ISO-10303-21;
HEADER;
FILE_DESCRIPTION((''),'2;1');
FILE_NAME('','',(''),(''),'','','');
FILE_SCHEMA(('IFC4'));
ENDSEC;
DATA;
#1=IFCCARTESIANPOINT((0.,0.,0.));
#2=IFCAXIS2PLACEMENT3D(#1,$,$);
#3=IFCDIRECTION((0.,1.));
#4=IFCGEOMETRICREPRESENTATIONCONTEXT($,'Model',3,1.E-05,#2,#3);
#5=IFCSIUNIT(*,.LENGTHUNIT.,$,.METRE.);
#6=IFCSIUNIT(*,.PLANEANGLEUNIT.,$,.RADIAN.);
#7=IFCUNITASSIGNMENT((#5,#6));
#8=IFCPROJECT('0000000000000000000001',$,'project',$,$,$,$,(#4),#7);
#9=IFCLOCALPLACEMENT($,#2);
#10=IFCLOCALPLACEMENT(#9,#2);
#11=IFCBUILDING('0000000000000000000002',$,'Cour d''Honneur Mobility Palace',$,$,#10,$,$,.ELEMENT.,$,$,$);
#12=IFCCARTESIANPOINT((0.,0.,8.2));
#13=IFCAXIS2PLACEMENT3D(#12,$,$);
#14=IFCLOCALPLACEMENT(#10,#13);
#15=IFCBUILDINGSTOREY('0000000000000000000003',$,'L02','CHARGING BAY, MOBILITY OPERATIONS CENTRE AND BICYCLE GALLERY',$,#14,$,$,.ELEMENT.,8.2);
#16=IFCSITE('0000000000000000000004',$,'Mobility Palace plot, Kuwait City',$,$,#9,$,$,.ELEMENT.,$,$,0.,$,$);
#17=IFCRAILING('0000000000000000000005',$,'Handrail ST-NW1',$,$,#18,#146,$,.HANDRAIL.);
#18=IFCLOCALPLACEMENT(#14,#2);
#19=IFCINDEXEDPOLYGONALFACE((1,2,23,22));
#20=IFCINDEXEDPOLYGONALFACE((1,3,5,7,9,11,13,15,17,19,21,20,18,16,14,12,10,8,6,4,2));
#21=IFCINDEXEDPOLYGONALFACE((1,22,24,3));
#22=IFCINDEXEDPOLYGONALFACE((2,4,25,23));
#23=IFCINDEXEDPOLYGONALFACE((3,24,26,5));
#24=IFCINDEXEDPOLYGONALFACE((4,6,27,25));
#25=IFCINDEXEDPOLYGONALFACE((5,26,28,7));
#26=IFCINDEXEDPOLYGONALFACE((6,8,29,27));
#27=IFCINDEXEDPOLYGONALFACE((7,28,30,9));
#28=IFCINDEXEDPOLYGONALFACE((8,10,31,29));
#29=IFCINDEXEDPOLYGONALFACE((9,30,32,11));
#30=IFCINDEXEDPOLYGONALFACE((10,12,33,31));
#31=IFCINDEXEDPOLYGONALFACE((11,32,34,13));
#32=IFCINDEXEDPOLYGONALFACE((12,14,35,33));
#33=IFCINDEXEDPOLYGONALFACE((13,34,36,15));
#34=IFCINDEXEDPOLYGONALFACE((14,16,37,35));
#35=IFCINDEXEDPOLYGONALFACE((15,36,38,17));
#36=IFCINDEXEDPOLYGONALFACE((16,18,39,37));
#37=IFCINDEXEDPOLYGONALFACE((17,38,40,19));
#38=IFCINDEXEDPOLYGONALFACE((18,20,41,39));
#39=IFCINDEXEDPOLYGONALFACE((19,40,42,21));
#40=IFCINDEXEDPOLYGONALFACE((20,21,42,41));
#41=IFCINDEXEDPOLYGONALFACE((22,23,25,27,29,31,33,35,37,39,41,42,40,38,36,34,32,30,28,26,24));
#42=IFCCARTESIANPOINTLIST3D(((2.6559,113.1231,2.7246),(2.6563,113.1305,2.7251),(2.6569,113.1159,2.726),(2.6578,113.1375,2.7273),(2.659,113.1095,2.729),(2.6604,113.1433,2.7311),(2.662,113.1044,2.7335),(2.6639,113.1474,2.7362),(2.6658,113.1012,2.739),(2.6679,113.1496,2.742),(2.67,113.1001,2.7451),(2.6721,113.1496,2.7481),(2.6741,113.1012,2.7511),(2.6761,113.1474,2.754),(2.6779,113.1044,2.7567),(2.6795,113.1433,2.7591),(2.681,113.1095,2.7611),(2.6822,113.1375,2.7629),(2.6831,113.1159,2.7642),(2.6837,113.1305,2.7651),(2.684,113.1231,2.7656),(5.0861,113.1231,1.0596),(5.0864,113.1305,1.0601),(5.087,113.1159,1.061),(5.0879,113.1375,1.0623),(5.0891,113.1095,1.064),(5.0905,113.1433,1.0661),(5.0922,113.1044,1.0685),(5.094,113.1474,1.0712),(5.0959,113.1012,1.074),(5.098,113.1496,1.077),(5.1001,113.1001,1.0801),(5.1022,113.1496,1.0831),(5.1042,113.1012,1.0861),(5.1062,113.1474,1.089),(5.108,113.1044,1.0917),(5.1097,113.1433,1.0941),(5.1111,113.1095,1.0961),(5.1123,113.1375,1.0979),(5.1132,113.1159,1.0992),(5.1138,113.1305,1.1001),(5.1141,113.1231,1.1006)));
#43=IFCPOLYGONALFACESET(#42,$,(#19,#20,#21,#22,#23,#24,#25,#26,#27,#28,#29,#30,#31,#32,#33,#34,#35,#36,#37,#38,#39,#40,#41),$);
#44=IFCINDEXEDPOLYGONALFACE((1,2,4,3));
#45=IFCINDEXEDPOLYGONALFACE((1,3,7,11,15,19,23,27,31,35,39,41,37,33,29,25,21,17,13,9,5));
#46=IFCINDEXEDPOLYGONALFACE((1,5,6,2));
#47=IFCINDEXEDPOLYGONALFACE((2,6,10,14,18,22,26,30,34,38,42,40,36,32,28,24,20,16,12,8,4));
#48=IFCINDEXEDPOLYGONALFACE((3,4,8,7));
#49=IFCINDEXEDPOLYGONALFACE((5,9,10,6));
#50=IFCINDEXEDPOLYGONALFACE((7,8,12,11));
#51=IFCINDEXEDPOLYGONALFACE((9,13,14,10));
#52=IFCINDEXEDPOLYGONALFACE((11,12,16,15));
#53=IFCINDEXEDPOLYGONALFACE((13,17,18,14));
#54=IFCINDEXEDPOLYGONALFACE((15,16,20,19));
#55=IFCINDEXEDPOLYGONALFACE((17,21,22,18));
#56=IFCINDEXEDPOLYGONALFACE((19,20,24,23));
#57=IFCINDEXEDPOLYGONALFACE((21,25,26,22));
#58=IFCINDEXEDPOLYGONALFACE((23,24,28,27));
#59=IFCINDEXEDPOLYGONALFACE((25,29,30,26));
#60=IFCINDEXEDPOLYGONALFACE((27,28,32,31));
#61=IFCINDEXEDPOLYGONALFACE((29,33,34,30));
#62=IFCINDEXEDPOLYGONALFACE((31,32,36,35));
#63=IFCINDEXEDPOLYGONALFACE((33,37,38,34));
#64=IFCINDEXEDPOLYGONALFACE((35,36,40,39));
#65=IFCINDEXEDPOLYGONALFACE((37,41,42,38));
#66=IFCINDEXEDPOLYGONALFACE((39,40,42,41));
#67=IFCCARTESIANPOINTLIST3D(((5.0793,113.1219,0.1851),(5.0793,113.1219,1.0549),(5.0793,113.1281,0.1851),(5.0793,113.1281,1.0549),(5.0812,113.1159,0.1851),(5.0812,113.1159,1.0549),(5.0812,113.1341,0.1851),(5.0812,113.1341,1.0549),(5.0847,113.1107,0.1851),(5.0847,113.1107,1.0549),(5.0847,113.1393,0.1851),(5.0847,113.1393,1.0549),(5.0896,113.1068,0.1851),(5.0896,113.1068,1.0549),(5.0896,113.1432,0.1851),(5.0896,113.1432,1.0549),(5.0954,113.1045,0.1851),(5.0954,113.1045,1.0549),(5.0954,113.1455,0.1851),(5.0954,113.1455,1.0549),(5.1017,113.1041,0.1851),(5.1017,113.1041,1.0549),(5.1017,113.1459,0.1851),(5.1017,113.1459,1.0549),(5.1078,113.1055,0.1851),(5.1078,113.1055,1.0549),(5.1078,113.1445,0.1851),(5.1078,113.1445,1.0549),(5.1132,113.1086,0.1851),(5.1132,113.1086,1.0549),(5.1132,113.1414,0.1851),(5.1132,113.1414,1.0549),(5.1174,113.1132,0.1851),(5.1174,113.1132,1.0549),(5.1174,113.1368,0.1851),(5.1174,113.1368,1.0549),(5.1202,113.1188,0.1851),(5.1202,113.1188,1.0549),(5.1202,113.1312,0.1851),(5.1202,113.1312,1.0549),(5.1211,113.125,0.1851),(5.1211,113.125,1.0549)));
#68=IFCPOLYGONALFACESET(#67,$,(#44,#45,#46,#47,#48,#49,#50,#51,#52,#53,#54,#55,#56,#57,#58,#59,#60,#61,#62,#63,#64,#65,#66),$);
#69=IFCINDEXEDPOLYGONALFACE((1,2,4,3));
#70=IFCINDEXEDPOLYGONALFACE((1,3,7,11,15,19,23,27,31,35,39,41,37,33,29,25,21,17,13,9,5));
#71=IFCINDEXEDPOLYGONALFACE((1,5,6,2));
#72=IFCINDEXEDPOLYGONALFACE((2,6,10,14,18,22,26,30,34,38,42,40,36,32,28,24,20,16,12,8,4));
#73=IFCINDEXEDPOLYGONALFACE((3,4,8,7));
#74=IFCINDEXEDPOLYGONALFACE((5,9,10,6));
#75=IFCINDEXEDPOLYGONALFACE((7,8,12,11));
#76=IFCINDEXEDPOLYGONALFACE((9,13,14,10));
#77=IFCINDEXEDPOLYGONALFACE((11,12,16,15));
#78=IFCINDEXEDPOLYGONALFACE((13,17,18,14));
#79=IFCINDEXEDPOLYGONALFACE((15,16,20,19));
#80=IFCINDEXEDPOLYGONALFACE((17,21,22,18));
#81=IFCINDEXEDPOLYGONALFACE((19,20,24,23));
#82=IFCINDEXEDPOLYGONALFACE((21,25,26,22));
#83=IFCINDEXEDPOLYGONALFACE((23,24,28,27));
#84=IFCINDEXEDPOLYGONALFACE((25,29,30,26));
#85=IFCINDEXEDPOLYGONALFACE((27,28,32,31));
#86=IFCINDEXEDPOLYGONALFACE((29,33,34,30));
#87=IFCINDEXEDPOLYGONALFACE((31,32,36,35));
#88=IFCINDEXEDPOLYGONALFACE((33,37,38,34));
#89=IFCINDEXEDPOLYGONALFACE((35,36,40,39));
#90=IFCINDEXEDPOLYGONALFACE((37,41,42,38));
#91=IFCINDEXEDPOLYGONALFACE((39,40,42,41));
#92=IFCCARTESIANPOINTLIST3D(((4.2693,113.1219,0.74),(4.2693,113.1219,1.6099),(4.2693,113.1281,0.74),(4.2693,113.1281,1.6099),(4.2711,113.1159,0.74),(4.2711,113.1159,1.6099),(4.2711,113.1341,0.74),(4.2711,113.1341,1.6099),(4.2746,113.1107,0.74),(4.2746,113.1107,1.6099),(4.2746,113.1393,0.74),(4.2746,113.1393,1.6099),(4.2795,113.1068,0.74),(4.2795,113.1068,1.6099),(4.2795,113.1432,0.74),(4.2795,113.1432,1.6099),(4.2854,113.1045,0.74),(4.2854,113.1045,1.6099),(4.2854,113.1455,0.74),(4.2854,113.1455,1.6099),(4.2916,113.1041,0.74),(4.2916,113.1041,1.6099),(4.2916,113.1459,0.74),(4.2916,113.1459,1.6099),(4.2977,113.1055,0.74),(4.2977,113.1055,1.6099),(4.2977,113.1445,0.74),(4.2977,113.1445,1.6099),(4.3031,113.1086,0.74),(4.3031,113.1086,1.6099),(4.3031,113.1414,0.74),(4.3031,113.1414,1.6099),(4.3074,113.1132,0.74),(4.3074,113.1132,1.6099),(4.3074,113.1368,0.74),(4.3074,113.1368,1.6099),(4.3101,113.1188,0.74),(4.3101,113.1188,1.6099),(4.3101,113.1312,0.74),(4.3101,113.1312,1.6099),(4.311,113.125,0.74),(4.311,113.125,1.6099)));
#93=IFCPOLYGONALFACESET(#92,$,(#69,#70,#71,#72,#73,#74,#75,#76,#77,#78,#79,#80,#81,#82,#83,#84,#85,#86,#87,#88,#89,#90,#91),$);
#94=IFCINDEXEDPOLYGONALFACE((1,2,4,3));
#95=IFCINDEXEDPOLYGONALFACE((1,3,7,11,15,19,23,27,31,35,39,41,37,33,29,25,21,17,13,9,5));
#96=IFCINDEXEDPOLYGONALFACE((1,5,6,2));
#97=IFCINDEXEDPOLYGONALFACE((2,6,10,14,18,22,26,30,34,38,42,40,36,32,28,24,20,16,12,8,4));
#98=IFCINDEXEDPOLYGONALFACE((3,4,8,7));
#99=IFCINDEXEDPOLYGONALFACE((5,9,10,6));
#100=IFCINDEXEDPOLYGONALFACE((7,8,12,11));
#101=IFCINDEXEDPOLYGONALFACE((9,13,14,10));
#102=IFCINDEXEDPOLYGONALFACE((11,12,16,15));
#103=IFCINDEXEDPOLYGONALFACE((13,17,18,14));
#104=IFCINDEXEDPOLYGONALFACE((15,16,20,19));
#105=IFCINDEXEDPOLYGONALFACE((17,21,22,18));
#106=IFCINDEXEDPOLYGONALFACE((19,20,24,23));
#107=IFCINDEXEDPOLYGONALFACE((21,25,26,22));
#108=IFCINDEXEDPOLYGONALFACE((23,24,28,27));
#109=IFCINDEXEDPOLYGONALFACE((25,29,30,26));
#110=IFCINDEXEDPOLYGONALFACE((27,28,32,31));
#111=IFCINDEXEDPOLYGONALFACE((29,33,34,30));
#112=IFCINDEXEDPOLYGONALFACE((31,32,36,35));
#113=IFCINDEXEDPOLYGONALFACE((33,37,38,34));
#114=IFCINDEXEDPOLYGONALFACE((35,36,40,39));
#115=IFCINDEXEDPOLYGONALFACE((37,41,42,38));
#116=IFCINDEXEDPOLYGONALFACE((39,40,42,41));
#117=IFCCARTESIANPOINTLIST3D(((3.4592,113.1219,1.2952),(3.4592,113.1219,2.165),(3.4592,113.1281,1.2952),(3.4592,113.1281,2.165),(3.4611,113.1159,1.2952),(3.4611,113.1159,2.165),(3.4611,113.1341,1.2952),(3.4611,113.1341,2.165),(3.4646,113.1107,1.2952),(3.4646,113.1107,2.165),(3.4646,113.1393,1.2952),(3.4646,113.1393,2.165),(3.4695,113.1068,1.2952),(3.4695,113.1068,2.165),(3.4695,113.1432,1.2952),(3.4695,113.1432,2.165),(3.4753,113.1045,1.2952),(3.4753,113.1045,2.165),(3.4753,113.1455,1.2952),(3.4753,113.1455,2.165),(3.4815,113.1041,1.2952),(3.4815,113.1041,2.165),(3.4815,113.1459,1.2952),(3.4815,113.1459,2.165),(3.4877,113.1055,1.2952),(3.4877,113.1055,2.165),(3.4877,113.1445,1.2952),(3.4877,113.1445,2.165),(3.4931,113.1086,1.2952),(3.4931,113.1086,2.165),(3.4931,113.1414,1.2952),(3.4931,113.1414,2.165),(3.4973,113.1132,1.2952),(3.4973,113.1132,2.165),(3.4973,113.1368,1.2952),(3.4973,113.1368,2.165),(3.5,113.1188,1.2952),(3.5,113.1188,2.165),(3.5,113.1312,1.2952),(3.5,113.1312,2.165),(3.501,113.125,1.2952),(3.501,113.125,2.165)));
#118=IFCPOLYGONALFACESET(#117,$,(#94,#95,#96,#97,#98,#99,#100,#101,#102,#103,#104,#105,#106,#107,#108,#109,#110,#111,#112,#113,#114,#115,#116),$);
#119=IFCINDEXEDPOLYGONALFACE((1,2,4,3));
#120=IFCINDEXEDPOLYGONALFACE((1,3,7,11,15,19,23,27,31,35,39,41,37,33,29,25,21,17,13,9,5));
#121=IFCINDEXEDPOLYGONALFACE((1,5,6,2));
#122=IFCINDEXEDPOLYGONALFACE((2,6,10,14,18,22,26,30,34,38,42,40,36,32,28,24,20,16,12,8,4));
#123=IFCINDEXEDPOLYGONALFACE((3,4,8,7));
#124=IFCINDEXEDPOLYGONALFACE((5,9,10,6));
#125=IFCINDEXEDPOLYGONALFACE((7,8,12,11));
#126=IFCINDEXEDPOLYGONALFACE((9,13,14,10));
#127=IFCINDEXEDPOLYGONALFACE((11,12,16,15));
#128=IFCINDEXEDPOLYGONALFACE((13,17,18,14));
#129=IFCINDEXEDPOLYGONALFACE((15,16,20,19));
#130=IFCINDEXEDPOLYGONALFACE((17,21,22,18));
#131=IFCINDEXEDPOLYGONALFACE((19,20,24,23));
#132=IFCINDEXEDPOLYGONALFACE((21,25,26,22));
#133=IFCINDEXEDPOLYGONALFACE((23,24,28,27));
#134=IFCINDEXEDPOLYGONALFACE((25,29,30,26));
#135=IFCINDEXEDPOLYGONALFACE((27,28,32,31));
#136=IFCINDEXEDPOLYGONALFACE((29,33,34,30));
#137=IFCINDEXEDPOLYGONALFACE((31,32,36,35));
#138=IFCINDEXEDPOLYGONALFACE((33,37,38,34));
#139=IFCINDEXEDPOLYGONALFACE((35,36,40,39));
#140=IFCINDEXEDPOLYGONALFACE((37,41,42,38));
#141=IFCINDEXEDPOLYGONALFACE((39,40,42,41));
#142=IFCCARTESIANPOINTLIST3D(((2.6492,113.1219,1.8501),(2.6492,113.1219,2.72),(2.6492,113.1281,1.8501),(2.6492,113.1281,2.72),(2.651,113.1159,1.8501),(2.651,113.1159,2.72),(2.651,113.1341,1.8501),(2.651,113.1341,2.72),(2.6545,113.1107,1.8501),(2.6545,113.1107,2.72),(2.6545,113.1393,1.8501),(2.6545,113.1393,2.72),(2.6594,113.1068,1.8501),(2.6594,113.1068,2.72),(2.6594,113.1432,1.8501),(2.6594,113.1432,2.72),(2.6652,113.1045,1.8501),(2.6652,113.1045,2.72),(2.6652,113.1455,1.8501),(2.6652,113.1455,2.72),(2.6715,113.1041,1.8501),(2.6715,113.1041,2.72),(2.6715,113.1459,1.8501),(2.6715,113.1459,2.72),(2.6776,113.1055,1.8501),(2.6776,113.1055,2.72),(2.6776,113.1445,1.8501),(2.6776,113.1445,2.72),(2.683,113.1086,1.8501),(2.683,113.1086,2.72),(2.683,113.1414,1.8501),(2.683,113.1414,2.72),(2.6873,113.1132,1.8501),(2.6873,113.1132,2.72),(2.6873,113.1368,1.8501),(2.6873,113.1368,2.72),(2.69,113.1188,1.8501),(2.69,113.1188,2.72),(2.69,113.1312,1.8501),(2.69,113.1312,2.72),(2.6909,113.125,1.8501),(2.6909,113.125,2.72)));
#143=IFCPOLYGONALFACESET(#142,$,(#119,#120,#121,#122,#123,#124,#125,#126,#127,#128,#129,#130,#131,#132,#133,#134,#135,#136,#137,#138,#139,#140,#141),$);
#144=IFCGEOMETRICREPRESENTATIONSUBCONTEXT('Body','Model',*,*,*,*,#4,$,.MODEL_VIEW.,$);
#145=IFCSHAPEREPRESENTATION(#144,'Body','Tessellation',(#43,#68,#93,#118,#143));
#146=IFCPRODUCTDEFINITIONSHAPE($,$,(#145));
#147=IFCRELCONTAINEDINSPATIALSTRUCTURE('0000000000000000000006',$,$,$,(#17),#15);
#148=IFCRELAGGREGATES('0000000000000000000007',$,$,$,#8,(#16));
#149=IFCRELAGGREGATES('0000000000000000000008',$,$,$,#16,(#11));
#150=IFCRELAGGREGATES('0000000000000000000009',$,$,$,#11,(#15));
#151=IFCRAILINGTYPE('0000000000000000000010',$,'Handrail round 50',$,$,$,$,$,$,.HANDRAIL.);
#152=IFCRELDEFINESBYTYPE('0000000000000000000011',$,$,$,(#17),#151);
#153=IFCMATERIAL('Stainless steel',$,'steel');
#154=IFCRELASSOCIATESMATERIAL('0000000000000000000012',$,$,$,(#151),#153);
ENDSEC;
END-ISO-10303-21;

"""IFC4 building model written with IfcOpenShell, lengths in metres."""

from ifc_helpers import new_model, si_unit, direction, frame, origin, origin_2d, place, context, subcontext, project, spatial, circle, extrude, material, type_object, element, save


model = new_model("IFC4")

# Units and contexts
model_context = context("Model", 3, precision=1e-05, world=origin(), true_north=direction((0.0, 1.0)))
body_context = subcontext(model_context, "Body", "Model", "MODEL_VIEW")
ifc_project = project(units=[si_unit("LENGTHUNIT", "METRE"), si_unit("PLANEANGLEUNIT", "RADIAN")], contexts=[model_context])

# Site, building, storey
site_placement = place(None, origin())
site = spatial("IfcSite", under=ifc_project, at=site_placement, Name="Mobility Palace plot, Kuwait City", CompositionType="ELEMENT", RefElevation=0.0)
building_placement = place(site_placement, origin())
building = spatial("IfcBuilding", under=site, at=building_placement, Name="Cour d'Honneur Mobility Palace", CompositionType="ELEMENT")
storey_placement = place(building_placement, frame((0.0, 0.0, 8.2)))
storey = spatial("IfcBuildingStorey", under=building, at=storey_placement, Name="L02", Description="CHARGING BAY, MOBILITY OPERATIONS CENTRE AND BICYCLE GALLERY", CompositionType="ELEMENT", Elevation=8.2)

# Railing
ifc_material_1 = material(Name="Stainless steel", Category="steel")
railing_type_1 = type_object("IfcRailingType", Name="Handrail round 50", PredefinedType="HANDRAIL", material=ifc_material_1)
for number, where, name in (
    (1, (5.1001, 113.125, 0.1851), "Handrail ST-NW1"),
):
    element("IfcRailing", number, at=place(storey_placement, frame(where)), inside=storey, type_object=railing_type_1, Name=name, PredefinedType="HANDRAIL", context=body_context, shape_type="SweptSolid", body=[
        extrude(circle(Radius=0.0249, at=origin_2d()), frame((0.0, 0.0, 0.895), z_axis=(-0.824945, 0.0, 0.565213), x_axis=(0.0, -1.0, 0.0)), (0.0, 0.0, 1.0), 2.9458),
        extrude(circle(Radius=0.021, at=origin_2d()), origin(), (0.0, 0.0, 1.0), 0.8699),
        extrude(circle(Radius=0.021, at=origin_2d()), frame((-0.8101, 0.0, 0.5549)), (0.0, 0.0, 1.0), 0.8699),
        extrude(circle(Radius=0.021, at=origin_2d()), frame((-1.6201, 0.0, 1.1101)), (0.0, 0.0, 1.0), 0.8699),
        extrude(circle(Radius=0.021, at=origin_2d()), frame((-2.4302, 0.0, 1.665)), (0.0, 0.0, 1.0), 0.8699),
    ])

save(model, "model.ifc")
